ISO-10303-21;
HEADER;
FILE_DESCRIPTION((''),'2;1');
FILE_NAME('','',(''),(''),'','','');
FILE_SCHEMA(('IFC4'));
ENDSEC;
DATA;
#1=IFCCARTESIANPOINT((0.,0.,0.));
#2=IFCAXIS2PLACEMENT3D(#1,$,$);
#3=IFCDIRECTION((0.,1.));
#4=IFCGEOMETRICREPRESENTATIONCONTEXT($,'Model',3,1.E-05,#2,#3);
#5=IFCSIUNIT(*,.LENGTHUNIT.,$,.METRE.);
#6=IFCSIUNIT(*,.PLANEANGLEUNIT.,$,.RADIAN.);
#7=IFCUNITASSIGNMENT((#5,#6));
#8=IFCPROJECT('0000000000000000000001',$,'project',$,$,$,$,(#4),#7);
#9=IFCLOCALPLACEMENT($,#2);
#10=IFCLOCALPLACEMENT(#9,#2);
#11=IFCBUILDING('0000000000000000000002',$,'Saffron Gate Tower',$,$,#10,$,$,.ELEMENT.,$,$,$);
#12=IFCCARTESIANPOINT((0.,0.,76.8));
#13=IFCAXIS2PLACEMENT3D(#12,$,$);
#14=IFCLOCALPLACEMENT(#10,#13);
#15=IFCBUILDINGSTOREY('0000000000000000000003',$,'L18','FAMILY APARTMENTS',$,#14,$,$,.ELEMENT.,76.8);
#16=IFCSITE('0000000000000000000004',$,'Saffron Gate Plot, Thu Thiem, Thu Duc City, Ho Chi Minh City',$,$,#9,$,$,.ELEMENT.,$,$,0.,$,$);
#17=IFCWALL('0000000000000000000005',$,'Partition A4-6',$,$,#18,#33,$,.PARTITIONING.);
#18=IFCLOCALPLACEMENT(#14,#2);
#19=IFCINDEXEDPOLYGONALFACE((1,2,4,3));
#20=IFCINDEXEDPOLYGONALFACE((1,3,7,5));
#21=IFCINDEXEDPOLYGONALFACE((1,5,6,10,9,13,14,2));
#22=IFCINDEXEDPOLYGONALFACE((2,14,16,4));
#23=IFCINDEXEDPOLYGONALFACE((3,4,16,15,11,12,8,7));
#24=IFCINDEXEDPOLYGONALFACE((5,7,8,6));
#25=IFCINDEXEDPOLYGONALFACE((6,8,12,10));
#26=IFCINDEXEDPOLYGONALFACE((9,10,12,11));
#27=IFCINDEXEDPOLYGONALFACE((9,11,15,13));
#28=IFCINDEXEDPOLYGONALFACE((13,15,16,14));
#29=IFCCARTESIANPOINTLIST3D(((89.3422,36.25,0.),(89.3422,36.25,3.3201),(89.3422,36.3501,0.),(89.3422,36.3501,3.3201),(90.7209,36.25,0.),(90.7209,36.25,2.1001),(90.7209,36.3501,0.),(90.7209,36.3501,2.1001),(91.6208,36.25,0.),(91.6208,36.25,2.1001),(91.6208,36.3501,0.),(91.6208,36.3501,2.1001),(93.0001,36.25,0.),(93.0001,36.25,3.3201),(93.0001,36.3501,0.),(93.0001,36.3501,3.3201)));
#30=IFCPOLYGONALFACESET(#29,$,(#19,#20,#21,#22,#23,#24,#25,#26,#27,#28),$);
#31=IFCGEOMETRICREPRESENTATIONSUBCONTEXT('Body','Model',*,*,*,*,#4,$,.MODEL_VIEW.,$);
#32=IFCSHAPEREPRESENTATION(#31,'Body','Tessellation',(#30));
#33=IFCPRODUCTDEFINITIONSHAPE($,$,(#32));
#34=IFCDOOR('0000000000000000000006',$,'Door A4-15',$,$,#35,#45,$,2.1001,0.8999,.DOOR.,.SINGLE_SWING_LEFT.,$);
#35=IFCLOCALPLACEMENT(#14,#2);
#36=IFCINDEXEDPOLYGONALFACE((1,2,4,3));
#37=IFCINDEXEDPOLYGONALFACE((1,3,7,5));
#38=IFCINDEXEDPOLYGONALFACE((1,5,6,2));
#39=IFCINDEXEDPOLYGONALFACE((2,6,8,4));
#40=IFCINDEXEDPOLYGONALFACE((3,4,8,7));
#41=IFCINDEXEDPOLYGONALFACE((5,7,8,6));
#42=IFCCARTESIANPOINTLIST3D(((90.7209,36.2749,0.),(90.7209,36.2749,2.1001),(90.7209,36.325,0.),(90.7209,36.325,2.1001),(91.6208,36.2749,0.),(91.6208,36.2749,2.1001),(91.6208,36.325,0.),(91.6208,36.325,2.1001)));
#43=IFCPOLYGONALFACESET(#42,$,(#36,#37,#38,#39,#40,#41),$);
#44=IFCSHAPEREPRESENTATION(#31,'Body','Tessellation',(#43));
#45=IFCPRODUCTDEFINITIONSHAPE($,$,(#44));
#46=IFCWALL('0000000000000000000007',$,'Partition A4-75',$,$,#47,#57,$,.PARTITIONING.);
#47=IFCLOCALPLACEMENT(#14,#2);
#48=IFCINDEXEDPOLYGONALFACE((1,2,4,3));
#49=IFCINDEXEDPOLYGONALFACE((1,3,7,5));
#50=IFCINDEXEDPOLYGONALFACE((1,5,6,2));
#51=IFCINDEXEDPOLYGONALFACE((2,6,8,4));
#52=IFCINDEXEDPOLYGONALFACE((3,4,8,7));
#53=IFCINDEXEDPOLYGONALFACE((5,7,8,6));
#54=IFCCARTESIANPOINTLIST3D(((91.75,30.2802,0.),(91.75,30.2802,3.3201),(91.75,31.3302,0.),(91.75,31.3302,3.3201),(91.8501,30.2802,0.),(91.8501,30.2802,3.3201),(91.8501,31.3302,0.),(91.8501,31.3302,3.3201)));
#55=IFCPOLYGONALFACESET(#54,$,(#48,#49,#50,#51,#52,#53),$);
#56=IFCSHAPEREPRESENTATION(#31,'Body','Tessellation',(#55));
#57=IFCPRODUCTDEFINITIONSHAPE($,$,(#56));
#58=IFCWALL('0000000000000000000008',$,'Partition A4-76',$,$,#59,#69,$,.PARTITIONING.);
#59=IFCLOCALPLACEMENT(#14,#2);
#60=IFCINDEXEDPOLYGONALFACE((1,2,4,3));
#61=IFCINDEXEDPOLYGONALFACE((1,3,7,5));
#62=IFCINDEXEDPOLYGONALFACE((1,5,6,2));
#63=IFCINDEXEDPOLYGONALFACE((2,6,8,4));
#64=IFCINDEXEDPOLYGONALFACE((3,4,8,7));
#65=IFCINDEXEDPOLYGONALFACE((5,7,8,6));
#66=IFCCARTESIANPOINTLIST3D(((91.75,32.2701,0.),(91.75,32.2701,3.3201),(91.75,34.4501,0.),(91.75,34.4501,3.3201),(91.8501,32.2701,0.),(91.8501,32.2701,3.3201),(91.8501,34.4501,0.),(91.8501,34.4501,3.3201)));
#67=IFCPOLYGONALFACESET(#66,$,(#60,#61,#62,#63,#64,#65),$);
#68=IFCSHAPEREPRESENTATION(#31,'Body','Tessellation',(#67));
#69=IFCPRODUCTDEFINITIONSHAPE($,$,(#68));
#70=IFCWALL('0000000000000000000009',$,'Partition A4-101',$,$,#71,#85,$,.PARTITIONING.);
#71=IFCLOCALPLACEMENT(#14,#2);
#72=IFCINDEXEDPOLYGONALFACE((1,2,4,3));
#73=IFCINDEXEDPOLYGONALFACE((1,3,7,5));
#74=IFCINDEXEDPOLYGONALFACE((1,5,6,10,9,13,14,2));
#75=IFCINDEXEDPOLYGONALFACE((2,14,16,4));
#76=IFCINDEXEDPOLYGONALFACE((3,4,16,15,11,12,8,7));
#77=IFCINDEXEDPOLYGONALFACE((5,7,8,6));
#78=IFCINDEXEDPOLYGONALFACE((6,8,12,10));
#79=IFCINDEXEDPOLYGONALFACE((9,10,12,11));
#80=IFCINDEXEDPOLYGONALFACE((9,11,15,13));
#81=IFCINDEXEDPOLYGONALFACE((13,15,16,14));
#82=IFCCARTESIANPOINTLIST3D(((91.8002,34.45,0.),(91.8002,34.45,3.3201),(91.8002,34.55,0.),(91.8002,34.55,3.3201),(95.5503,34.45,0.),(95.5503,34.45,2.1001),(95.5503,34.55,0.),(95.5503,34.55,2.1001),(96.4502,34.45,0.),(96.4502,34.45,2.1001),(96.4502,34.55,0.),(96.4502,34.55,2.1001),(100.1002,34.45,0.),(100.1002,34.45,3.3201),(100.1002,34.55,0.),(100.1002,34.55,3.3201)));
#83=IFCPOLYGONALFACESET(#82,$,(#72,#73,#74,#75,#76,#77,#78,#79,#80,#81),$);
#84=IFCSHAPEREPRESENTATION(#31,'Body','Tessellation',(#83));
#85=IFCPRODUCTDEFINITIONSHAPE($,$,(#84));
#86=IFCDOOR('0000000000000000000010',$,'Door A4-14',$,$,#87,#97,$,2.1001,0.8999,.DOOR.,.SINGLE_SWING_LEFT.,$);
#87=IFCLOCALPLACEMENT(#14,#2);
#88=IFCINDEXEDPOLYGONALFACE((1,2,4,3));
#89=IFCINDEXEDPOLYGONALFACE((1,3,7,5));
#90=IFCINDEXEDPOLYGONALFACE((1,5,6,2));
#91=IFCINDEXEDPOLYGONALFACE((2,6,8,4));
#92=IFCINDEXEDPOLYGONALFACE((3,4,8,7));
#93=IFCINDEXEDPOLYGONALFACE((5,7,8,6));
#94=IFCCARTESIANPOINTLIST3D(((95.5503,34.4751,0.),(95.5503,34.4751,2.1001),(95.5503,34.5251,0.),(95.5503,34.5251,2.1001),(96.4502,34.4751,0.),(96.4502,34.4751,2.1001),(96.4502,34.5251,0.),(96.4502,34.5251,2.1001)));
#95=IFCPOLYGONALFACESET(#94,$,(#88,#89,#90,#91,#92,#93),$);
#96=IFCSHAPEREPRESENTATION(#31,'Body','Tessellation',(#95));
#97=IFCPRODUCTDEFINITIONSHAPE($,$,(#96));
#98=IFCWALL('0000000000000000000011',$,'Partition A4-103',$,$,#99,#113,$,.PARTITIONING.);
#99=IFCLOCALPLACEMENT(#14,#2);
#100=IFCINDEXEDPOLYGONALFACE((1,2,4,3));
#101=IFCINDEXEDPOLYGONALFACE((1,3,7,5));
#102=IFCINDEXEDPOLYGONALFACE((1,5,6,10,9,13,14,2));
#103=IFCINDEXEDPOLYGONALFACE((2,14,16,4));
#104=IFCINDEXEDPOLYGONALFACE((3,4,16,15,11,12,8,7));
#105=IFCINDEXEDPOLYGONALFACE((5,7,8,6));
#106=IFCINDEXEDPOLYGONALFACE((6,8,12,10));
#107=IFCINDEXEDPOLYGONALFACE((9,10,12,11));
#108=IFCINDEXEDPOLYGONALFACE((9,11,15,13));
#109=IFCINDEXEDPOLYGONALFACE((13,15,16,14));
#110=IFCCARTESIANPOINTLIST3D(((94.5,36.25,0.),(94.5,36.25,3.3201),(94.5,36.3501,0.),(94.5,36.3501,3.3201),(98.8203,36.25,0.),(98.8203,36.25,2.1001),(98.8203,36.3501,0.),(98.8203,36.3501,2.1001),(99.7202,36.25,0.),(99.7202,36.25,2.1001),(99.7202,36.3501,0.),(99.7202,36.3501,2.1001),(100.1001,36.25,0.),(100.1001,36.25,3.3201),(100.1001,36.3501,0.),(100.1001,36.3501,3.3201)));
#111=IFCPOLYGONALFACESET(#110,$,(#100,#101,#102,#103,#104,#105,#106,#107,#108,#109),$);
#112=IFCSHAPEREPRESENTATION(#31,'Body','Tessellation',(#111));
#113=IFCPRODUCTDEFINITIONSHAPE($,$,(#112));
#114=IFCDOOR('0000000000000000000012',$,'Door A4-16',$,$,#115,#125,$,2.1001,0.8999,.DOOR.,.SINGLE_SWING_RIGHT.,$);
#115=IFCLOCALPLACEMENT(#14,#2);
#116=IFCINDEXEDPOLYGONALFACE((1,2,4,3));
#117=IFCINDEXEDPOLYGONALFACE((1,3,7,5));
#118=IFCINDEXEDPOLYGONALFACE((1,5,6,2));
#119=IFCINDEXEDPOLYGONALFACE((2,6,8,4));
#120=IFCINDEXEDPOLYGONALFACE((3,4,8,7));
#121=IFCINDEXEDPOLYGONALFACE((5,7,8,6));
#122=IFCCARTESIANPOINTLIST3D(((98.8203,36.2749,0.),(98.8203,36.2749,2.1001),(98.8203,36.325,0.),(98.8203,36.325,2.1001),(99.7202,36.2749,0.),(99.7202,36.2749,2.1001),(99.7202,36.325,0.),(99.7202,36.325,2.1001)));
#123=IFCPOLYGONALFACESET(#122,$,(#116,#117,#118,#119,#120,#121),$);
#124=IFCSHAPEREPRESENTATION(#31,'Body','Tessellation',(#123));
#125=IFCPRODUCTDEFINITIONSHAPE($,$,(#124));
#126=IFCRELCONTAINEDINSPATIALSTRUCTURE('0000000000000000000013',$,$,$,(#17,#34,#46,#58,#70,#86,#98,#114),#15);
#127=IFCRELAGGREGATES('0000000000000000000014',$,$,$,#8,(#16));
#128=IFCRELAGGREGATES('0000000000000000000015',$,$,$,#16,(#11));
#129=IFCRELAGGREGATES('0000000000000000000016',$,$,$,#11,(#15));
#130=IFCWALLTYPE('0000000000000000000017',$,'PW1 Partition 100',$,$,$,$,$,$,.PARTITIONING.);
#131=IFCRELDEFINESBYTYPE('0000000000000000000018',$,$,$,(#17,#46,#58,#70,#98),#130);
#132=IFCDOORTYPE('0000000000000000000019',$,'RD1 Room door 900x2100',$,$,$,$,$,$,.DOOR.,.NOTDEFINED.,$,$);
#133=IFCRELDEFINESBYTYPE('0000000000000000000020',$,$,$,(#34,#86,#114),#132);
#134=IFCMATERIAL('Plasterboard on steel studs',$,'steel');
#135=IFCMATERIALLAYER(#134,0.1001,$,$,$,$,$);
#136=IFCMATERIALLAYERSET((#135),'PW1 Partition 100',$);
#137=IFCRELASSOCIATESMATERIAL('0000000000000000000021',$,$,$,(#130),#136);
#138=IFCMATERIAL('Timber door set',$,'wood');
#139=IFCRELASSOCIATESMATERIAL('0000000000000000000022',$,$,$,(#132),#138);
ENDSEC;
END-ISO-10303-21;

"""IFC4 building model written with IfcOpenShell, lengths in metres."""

from ifc_helpers import new_model, si_unit, direction, frame, frame_2d, origin, place, context, subcontext, project, spatial, rectangle, extrude, material, layer, layer_set, type_object, element, fill, save


model = new_model("IFC4")

# Units and contexts
model_context = context("Model", 3, precision=1e-05, world=origin(), true_north=direction((0.0, 1.0)))
body_context = subcontext(model_context, "Body", "Model", "MODEL_VIEW")
ifc_project = project(units=[si_unit("LENGTHUNIT", "METRE"), si_unit("PLANEANGLEUNIT", "RADIAN")], contexts=[model_context])

# Site, building, storey
site_placement = place(None, origin())
site = spatial("IfcSite", under=ifc_project, at=site_placement, Name="Saffron Gate Plot, Thu Thiem, Thu Duc City, Ho Chi Minh City", CompositionType="ELEMENT", RefElevation=0.0)
building_placement = place(site_placement, origin())
building = spatial("IfcBuilding", under=site, at=building_placement, Name="Saffron Gate Tower", CompositionType="ELEMENT")
storey_placement = place(building_placement, frame((0.0, 0.0, 76.8)))
storey = spatial("IfcBuildingStorey", under=building, at=storey_placement, Name="L18", Description="FAMILY APARTMENTS", CompositionType="ELEMENT", Elevation=76.8)

# Wall, opening, door
ifc_material_1 = material(Name="Plasterboard on steel studs", Category="steel")
ifc_layer_1 = layer(ifc_material_1, 0.1001)
ifc_layer_set_1 = layer_set([ifc_layer_1], Name="PW1 Partition 100")
wall_type = type_object("IfcWallType", Name="PW1 Partition 100", PredefinedType="PARTITIONING", material=ifc_layer_set_1)
wall_1_placement = place(storey_placement, frame((89.342, 36.3, 0.0), z_axis=(0.0, 0.0, 1.0), x_axis=(1.0, 0.0, 0.0)))
wall_1 = element("IfcWall", 1, at=wall_1_placement, inside=storey, type_object=wall_type, Name="Partition A4-6", PredefinedType="PARTITIONING", context=body_context, shape_type="SweptSolid", body=[
    extrude(rectangle(XDim=3.658, YDim=0.1001, at=frame_2d((1.8291, 0.0))), origin(), (0.0, 0.0, 1.0), 3.3201),
])
opening_1_placement = place(wall_1_placement, frame((1.3789, 0.0, 0.0)))
opening_1 = element("IfcOpeningElement", 2, at=opening_1_placement, cuts=wall_1, PredefinedType="OPENING", context=body_context, shape_type="SweptSolid", body=[
    extrude(rectangle(XDim=0.8999, YDim=2.1001, at=frame_2d((0.45, 1.05))), frame((0.0, 0.0601, 0.0), z_axis=(0.0, -1.0, 0.0), x_axis=(1.0, 0.0, 0.0)), (0.0, 0.0, 1.0), 0.1201),
])
ifc_material_2 = material(Name="Timber door set", Category="wood")
door_type = type_object("IfcDoorType", Name="RD1 Room door 900x2100", OperationType="NOTDEFINED", PredefinedType="DOOR", material=ifc_material_2)
door_1_placement = place(opening_1_placement, origin())
door_1 = element("IfcDoor", 3, at=door_1_placement, inside=storey, type_object=door_type, Name="Door A4-15", OperationType="SINGLE_SWING_LEFT", OverallHeight=2.1001, OverallWidth=0.8999, PredefinedType="DOOR", context=body_context, shape_type="SweptSolid", body=[
    extrude(rectangle(XDim=0.8999, YDim=2.1001, at=frame_2d((0.45, 1.05))), frame((0.0, 0.0249, 0.0), z_axis=(0.0, -1.0, 0.0), x_axis=(1.0, 0.0, 0.0)), (0.0, 0.0, 1.0), 0.05),
])
fill(opening_1, door_1)

# Walls
wall_2_placement = place(storey_placement, frame((91.8, 31.3301, 0.0), z_axis=(0.0, 0.0, 1.0), x_axis=(0.0, -1.0, 0.0)))
element("IfcWall", 4, at=wall_2_placement, inside=storey, type_object=wall_type, Name="Partition A4-75", PredefinedType="PARTITIONING", context=body_context, shape_type="SweptSolid", body=[
    extrude(rectangle(XDim=1.05, YDim=0.1001, at=frame_2d((0.5249, 0.0))), origin(), (0.0, 0.0, 1.0), 3.3201),
])
wall_3_placement = place(storey_placement, frame((91.8, 34.45, 0.0), z_axis=(0.0, 0.0, 1.0), x_axis=(0.0, -1.0, 0.0)))
element("IfcWall", 5, at=wall_3_placement, inside=storey, type_object=wall_type, Name="Partition A4-76", PredefinedType="PARTITIONING", context=body_context, shape_type="SweptSolid", body=[
    extrude(rectangle(XDim=2.1799, YDim=0.1001, at=frame_2d((1.0898, 0.0))), origin(), (0.0, 0.0, 1.0), 3.3201),
])

# Walls, openings, doors
wall_4_placement = place(storey_placement, frame((100.1001, 34.5, 0.0), z_axis=(0.0, 0.0, 1.0), x_axis=(-1.0, 0.0, 0.0)))
wall_4 = element("IfcWall", 6, at=wall_4_placement, inside=storey, type_object=wall_type, Name="Partition A4-101", PredefinedType="PARTITIONING", context=body_context, shape_type="SweptSolid", body=[
    extrude(rectangle(XDim=8.3, YDim=0.1001, at=frame_2d((4.1499, 0.0))), origin(), (0.0, 0.0, 1.0), 3.3201),
])
opening_2_placement = place(wall_4_placement, frame((3.6499, 0.0, 0.0)))
opening_2 = element("IfcOpeningElement", 7, at=opening_2_placement, cuts=wall_4, PredefinedType="OPENING", context=body_context, shape_type="SweptSolid", body=[
    extrude(rectangle(XDim=0.8999, YDim=2.1001, at=frame_2d((0.45, 1.05))), frame((0.0, 0.0601, 0.0), z_axis=(0.0, -1.0, 0.0), x_axis=(1.0, 0.0, 0.0)), (0.0, 0.0, 1.0), 0.1201),
])
door_2_placement = place(opening_2_placement, origin())
door_2 = element("IfcDoor", 8, at=door_2_placement, inside=storey, type_object=door_type, Name="Door A4-14", OperationType="SINGLE_SWING_LEFT", OverallHeight=2.1001, OverallWidth=0.8999, PredefinedType="DOOR", context=body_context, shape_type="SweptSolid", body=[
    extrude(rectangle(XDim=0.8999, YDim=2.1001, at=frame_2d((0.45, 1.05))), frame((0.0, 0.0249, 0.0), z_axis=(0.0, -1.0, 0.0), x_axis=(1.0, 0.0, 0.0)), (0.0, 0.0, 1.0), 0.05),
])
fill(opening_2, door_2)
wall_5_placement = place(storey_placement, frame((94.5, 36.3, 0.0), z_axis=(0.0, 0.0, 1.0), x_axis=(1.0, 0.0, 0.0)))
wall_5 = element("IfcWall", 9, at=wall_5_placement, inside=storey, type_object=wall_type, Name="Partition A4-103", PredefinedType="PARTITIONING", context=body_context, shape_type="SweptSolid", body=[
    extrude(rectangle(XDim=5.6001, YDim=0.1001, at=frame_2d((2.8, 0.0))), origin(), (0.0, 0.0, 1.0), 3.3201),
])
opening_3_placement = place(wall_5_placement, frame((4.3203, 0.0, 0.0)))
opening_3 = element("IfcOpeningElement", 10, at=opening_3_placement, cuts=wall_5, PredefinedType="OPENING", context=body_context, shape_type="SweptSolid", body=[
    extrude(rectangle(XDim=0.8999, YDim=2.1001, at=frame_2d((0.45, 1.05))), frame((0.0, 0.0601, 0.0), z_axis=(0.0, -1.0, 0.0), x_axis=(1.0, 0.0, 0.0)), (0.0, 0.0, 1.0), 0.1201),
])
door_3_placement = place(opening_3_placement, origin())
door_3 = element("IfcDoor", 11, at=door_3_placement, inside=storey, type_object=door_type, Name="Door A4-16", OperationType="SINGLE_SWING_RIGHT", OverallHeight=2.1001, OverallWidth=0.8999, PredefinedType="DOOR", context=body_context, shape_type="SweptSolid", body=[
    extrude(rectangle(XDim=0.8999, YDim=2.1001, at=frame_2d((0.45, 1.05))), frame((0.0, 0.0249, 0.0), z_axis=(0.0, -1.0, 0.0), x_axis=(1.0, 0.0, 0.0)), (0.0, 0.0, 1.0), 0.05),
])
fill(opening_3, door_3)

save(model, "model.ifc")
